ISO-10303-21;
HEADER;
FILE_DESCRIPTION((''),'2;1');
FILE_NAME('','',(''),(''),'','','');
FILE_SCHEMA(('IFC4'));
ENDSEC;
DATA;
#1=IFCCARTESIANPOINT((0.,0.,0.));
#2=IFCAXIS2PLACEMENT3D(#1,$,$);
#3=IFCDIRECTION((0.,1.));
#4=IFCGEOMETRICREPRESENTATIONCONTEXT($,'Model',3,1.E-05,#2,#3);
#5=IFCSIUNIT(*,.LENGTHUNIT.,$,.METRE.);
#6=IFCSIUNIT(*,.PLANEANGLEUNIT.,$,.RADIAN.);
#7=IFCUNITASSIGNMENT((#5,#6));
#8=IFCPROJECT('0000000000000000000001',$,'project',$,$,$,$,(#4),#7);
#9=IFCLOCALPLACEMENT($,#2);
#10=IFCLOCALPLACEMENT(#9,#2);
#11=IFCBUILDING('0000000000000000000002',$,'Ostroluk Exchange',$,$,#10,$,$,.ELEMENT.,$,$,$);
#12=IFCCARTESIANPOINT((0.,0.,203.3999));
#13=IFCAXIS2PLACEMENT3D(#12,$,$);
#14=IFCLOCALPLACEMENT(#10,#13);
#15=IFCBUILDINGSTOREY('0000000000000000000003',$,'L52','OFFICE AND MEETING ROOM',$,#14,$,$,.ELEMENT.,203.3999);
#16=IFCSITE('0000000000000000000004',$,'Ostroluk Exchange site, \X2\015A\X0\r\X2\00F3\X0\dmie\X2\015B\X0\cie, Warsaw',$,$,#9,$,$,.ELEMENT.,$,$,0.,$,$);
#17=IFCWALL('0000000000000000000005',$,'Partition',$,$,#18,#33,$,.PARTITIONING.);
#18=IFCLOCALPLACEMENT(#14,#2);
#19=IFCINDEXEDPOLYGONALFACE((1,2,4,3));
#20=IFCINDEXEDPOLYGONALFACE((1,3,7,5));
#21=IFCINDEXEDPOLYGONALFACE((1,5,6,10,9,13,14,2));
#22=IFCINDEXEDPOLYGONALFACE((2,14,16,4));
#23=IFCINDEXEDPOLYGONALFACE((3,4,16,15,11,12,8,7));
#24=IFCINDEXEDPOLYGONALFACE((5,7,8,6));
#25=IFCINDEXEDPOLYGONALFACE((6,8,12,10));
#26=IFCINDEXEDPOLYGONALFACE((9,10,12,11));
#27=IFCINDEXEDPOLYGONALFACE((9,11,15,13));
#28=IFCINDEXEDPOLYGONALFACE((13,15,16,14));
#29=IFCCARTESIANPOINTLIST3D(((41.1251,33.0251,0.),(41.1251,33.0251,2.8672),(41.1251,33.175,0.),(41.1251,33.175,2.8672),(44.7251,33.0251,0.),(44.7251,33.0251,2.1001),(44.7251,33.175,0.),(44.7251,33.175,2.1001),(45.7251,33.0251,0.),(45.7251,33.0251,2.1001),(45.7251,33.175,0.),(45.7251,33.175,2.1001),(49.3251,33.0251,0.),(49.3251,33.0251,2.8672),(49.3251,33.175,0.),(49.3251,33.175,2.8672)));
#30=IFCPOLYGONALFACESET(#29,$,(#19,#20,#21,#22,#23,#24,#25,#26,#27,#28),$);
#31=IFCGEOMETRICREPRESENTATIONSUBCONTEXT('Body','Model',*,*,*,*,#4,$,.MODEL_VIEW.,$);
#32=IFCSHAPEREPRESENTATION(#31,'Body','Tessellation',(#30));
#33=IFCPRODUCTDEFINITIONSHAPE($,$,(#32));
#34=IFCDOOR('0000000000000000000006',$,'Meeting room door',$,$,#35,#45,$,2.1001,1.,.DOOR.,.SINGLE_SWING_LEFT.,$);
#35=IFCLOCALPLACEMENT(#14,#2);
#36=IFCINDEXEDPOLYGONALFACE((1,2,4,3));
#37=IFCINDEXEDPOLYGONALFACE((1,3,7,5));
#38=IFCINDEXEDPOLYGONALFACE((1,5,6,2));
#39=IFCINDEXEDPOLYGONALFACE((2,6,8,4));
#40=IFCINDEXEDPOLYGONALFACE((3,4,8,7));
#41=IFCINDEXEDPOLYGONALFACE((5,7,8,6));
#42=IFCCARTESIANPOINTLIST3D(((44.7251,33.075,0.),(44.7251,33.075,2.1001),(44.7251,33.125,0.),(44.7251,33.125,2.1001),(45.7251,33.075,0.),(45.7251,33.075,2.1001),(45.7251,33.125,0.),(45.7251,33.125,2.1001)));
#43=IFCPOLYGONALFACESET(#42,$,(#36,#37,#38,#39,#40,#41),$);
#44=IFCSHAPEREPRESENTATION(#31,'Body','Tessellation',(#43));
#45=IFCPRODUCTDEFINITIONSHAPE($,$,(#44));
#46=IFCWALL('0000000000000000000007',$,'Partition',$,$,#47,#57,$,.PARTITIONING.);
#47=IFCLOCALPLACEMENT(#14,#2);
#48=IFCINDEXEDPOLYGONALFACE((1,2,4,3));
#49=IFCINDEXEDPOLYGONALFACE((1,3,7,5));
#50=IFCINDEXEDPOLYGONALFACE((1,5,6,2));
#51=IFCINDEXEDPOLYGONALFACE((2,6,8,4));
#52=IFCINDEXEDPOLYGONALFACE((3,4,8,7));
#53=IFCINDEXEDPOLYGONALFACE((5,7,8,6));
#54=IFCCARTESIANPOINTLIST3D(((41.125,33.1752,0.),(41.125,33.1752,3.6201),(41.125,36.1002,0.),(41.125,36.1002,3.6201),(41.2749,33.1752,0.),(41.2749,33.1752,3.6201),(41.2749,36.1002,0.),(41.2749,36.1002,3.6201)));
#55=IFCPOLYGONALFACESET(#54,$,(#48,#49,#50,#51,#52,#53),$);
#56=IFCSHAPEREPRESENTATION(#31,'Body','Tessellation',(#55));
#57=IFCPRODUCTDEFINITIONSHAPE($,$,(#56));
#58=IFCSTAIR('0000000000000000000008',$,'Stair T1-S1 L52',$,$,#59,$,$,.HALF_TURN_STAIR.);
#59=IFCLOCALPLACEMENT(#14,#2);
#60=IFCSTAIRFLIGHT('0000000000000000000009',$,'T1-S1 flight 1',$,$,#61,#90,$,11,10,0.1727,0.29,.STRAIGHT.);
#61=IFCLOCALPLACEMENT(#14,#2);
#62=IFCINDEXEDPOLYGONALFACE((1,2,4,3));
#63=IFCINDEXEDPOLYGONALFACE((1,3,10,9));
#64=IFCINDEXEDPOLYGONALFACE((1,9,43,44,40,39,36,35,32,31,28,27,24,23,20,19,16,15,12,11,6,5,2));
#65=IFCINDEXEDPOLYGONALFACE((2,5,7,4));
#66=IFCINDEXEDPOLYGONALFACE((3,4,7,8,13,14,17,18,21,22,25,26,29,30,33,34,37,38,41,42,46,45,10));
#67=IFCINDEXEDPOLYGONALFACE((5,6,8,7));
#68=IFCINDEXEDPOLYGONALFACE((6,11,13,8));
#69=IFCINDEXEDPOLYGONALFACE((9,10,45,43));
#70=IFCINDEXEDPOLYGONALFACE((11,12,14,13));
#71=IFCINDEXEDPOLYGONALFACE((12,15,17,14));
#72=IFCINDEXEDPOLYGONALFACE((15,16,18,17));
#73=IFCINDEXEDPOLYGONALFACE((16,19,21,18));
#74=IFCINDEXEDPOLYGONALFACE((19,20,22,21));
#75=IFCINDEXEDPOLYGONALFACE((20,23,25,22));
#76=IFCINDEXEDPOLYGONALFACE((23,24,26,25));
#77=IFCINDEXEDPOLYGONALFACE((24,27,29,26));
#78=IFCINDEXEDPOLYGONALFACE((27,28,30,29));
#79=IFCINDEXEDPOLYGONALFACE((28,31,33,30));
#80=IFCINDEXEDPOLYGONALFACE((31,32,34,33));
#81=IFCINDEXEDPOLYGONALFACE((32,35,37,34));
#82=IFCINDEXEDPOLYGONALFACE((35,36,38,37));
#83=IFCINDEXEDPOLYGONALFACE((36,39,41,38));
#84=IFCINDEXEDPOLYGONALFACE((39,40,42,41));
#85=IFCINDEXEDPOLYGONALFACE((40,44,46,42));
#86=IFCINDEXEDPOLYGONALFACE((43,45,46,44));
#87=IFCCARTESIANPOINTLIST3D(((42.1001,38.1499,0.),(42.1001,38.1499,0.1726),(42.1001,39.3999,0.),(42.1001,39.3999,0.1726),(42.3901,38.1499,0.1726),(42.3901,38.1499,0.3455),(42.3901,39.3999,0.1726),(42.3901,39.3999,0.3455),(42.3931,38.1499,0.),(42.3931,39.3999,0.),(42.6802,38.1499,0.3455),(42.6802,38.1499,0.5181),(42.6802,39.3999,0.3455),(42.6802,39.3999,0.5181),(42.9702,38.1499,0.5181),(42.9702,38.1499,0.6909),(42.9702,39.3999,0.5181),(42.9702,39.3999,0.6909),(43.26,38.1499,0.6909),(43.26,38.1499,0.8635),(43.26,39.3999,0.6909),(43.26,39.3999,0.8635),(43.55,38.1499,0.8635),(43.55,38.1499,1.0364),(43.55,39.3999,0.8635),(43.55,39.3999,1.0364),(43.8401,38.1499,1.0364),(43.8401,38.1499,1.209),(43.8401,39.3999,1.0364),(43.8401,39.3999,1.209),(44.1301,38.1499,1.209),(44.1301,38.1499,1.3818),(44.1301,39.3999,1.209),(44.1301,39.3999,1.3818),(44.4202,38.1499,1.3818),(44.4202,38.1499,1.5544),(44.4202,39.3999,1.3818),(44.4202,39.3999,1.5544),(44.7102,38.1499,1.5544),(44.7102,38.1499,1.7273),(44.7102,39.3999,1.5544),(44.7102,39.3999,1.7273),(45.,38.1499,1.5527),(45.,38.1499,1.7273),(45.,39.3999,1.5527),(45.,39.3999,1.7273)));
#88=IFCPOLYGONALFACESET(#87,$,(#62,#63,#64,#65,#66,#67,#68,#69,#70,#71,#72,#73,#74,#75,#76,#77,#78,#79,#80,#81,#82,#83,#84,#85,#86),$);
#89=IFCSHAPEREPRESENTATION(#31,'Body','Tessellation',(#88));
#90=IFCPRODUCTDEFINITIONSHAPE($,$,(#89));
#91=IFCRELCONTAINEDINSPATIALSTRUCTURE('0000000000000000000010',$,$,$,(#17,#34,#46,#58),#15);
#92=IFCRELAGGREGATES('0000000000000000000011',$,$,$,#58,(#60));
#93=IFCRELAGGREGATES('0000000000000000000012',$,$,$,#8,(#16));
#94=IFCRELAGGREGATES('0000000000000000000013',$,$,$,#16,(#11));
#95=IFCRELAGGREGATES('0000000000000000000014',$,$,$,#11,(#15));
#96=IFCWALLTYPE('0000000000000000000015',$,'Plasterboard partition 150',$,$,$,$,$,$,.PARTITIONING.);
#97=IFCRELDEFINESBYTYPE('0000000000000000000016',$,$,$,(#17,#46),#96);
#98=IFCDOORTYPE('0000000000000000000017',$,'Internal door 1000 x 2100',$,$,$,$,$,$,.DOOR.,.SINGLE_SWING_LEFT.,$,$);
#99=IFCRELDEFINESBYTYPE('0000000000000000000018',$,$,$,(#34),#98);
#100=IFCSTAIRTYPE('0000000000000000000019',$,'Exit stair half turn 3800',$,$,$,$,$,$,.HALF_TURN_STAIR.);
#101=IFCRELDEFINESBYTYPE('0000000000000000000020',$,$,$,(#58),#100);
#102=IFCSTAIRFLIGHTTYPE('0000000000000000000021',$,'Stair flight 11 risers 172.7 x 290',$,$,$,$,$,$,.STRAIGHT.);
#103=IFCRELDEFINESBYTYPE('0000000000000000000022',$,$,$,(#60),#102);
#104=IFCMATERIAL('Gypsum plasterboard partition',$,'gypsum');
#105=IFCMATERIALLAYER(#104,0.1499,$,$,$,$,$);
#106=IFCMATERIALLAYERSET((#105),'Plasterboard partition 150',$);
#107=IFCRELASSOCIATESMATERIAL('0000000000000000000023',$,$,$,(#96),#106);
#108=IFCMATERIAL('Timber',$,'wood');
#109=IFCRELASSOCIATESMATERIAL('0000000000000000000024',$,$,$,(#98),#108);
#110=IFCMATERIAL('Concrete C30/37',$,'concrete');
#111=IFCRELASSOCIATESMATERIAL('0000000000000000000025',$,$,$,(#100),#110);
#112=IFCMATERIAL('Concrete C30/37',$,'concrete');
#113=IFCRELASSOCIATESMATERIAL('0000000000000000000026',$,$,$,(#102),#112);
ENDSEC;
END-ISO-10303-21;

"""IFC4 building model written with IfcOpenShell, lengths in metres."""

from ifc_helpers import new_model, si_unit, direction, frame, frame_2d, origin, place, context, subcontext, project, spatial, polyline, rectangle, outline, extrude, material, layer, layer_set, type_object, element, fill, aggregate, save


model = new_model("IFC4")

# Units and contexts
model_context = context("Model", 3, precision=1e-05, world=origin(), true_north=direction((0.0, 1.0)))
body_context = subcontext(model_context, "Body", "Model", "MODEL_VIEW")
ifc_project = project(units=[si_unit("LENGTHUNIT", "METRE"), si_unit("PLANEANGLEUNIT", "RADIAN")], contexts=[model_context])

# Site, building, storey
site_placement = place(None, origin())
site = spatial("IfcSite", under=ifc_project, at=site_placement, Name="Ostroluk Exchange site, Śródmieście, Warsaw", CompositionType="ELEMENT", RefElevation=0.0)
building_placement = place(site_placement, origin())
building = spatial("IfcBuilding", under=site, at=building_placement, Name="Ostroluk Exchange", CompositionType="ELEMENT")
storey_placement = place(building_placement, frame((0.0, 0.0, 203.3999)))
storey = spatial("IfcBuildingStorey", under=building, at=storey_placement, Name="L52", Description="OFFICE AND MEETING ROOM", CompositionType="ELEMENT", Elevation=203.3999)

# Wall, opening, door
ifc_material_1 = material(Name="Gypsum plasterboard partition", Category="gypsum")
ifc_layer_1 = layer(ifc_material_1, 0.1499)
ifc_layer_set_1 = layer_set([ifc_layer_1], Name="Plasterboard partition 150")
wall_type_1 = type_object("IfcWallType", Name="Plasterboard partition 150", PredefinedType="PARTITIONING", material=ifc_layer_set_1)
wall_1_placement = place(storey_placement, frame((41.125, 33.1001, 0.0), z_axis=(0.0, 0.0, 1.0), x_axis=(1.0, 0.0, 0.0)))
wall_1 = element("IfcWall", 1, at=wall_1_placement, inside=storey, type_object=wall_type_1, Name="Partition", PredefinedType="PARTITIONING", context=body_context, shape_type="SweptSolid", body=[
    extrude(rectangle(XDim=8.2, YDim=0.1499, at=frame_2d((4.1001, 0.0))), origin(), (0.0, 0.0, 1.0), 2.8672),
])
opening_1_placement = place(wall_1_placement, frame((3.6001, 0.0, 0.0)))
opening_1 = element("IfcOpeningElement", 2, at=opening_1_placement, cuts=wall_1, PredefinedType="OPENING", context=body_context, shape_type="SweptSolid", body=[
    extrude(rectangle(XDim=1.0, YDim=2.1001, at=frame_2d((0.5, 1.05))), frame((0.0, 0.085, 0.0), z_axis=(0.0, -1.0, 0.0), x_axis=(1.0, 0.0, 0.0)), (0.0, 0.0, 1.0), 0.1699),
])
ifc_material_2 = material(Name="Timber", Category="wood")
door_type_1 = type_object("IfcDoorType", Name="Internal door 1000 x 2100", OperationType="SINGLE_SWING_LEFT", PredefinedType="DOOR", material=ifc_material_2)
door_1_placement = place(opening_1_placement, origin())
door_1 = element("IfcDoor", 3, at=door_1_placement, inside=storey, type_object=door_type_1, Name="Meeting room door", OperationType="SINGLE_SWING_LEFT", OverallHeight=2.1001, OverallWidth=1.0, PredefinedType="DOOR", context=body_context, shape_type="SweptSolid", body=[
    extrude(rectangle(XDim=1.0, YDim=2.1001, at=frame_2d((0.5, 1.05))), frame((0.0, 0.0249, 0.0), z_axis=(0.0, -1.0, 0.0), x_axis=(1.0, 0.0, 0.0)), (0.0, 0.0, 1.0), 0.05),
])
fill(opening_1, door_1)

# Wall
wall_2_placement = place(storey_placement, frame((41.2, 36.1001, 0.0), z_axis=(0.0, 0.0, 1.0), x_axis=(0.0, -1.0, 0.0)))
element("IfcWall", 4, at=wall_2_placement, inside=storey, type_object=wall_type_1, Name="Partition", PredefinedType="PARTITIONING", context=body_context, shape_type="SweptSolid", body=[
    extrude(rectangle(XDim=2.925, YDim=0.1499, at=frame_2d((1.4624, 0.0))), origin(), (0.0, 0.0, 1.0), 3.6201),
])

# Stair, stair flight
ifc_material_3 = material(Name="Concrete C30/37", Category="concrete")
stair_type = type_object("IfcStairType", Name="Exit stair half turn 3800", PredefinedType="HALF_TURN_STAIR", material=ifc_material_3)
stair_placement = place(storey_placement, origin())
stair = element("IfcStair", 5, at=stair_placement, inside=storey, type_object=stair_type, Name="Stair T1-S1 L52", PredefinedType="HALF_TURN_STAIR")
ifc_material_4 = material(Name="Concrete C30/37", Category="concrete")
stair_flight_type = type_object("IfcStairFlightType", Name="Stair flight 11 risers 172.7 x 290", PredefinedType="STRAIGHT", material=ifc_material_4)
stair_flight_placement = place(storey_placement, frame((42.1001, 38.7749, 0.0), z_axis=(0.0, 0.0, 1.0), x_axis=(1.0, 0.0, 0.0)))
stair_flight = element("IfcStairFlight", 6, at=stair_flight_placement, type_object=stair_flight_type, Name="T1-S1 flight 1", NumberOfRisers=11, NumberOfTreads=10, PredefinedType="STRAIGHT", RiserHeight=0.1727, TreadLength=0.29, context=body_context, shape_type="SweptSolid", body=[
    extrude(outline(polyline([(0.0, 0.0), (0.0, 0.1726), (0.29, 0.1726), (0.29, 0.3455), (0.5801, 0.3455), (0.5801, 0.5181), (0.8701, 0.5181), (0.8701, 0.6909), (1.1599, 0.6909), (1.1599, 0.8635), (1.45, 0.8635), (1.45, 1.0364), (1.74, 1.0364), (1.74, 1.209), (2.03, 1.209), (2.03, 1.3818), (2.3201, 1.3818), (2.3201, 1.5544), (2.6101, 1.5544), (2.6101, 1.7273), (2.8999, 1.7273), (2.8999, 1.8999), (2.8999, 1.5527), (0.293, 0.0), (0.0, 0.0)])), frame((0.0, 0.625, 0.0), z_axis=(0.0, -1.0, 0.0), x_axis=(1.0, 0.0, 0.0)), (0.0, 0.0, 1.0), 1.25),
])
aggregate(stair, [stair_flight])

save(model, "model.ifc")
